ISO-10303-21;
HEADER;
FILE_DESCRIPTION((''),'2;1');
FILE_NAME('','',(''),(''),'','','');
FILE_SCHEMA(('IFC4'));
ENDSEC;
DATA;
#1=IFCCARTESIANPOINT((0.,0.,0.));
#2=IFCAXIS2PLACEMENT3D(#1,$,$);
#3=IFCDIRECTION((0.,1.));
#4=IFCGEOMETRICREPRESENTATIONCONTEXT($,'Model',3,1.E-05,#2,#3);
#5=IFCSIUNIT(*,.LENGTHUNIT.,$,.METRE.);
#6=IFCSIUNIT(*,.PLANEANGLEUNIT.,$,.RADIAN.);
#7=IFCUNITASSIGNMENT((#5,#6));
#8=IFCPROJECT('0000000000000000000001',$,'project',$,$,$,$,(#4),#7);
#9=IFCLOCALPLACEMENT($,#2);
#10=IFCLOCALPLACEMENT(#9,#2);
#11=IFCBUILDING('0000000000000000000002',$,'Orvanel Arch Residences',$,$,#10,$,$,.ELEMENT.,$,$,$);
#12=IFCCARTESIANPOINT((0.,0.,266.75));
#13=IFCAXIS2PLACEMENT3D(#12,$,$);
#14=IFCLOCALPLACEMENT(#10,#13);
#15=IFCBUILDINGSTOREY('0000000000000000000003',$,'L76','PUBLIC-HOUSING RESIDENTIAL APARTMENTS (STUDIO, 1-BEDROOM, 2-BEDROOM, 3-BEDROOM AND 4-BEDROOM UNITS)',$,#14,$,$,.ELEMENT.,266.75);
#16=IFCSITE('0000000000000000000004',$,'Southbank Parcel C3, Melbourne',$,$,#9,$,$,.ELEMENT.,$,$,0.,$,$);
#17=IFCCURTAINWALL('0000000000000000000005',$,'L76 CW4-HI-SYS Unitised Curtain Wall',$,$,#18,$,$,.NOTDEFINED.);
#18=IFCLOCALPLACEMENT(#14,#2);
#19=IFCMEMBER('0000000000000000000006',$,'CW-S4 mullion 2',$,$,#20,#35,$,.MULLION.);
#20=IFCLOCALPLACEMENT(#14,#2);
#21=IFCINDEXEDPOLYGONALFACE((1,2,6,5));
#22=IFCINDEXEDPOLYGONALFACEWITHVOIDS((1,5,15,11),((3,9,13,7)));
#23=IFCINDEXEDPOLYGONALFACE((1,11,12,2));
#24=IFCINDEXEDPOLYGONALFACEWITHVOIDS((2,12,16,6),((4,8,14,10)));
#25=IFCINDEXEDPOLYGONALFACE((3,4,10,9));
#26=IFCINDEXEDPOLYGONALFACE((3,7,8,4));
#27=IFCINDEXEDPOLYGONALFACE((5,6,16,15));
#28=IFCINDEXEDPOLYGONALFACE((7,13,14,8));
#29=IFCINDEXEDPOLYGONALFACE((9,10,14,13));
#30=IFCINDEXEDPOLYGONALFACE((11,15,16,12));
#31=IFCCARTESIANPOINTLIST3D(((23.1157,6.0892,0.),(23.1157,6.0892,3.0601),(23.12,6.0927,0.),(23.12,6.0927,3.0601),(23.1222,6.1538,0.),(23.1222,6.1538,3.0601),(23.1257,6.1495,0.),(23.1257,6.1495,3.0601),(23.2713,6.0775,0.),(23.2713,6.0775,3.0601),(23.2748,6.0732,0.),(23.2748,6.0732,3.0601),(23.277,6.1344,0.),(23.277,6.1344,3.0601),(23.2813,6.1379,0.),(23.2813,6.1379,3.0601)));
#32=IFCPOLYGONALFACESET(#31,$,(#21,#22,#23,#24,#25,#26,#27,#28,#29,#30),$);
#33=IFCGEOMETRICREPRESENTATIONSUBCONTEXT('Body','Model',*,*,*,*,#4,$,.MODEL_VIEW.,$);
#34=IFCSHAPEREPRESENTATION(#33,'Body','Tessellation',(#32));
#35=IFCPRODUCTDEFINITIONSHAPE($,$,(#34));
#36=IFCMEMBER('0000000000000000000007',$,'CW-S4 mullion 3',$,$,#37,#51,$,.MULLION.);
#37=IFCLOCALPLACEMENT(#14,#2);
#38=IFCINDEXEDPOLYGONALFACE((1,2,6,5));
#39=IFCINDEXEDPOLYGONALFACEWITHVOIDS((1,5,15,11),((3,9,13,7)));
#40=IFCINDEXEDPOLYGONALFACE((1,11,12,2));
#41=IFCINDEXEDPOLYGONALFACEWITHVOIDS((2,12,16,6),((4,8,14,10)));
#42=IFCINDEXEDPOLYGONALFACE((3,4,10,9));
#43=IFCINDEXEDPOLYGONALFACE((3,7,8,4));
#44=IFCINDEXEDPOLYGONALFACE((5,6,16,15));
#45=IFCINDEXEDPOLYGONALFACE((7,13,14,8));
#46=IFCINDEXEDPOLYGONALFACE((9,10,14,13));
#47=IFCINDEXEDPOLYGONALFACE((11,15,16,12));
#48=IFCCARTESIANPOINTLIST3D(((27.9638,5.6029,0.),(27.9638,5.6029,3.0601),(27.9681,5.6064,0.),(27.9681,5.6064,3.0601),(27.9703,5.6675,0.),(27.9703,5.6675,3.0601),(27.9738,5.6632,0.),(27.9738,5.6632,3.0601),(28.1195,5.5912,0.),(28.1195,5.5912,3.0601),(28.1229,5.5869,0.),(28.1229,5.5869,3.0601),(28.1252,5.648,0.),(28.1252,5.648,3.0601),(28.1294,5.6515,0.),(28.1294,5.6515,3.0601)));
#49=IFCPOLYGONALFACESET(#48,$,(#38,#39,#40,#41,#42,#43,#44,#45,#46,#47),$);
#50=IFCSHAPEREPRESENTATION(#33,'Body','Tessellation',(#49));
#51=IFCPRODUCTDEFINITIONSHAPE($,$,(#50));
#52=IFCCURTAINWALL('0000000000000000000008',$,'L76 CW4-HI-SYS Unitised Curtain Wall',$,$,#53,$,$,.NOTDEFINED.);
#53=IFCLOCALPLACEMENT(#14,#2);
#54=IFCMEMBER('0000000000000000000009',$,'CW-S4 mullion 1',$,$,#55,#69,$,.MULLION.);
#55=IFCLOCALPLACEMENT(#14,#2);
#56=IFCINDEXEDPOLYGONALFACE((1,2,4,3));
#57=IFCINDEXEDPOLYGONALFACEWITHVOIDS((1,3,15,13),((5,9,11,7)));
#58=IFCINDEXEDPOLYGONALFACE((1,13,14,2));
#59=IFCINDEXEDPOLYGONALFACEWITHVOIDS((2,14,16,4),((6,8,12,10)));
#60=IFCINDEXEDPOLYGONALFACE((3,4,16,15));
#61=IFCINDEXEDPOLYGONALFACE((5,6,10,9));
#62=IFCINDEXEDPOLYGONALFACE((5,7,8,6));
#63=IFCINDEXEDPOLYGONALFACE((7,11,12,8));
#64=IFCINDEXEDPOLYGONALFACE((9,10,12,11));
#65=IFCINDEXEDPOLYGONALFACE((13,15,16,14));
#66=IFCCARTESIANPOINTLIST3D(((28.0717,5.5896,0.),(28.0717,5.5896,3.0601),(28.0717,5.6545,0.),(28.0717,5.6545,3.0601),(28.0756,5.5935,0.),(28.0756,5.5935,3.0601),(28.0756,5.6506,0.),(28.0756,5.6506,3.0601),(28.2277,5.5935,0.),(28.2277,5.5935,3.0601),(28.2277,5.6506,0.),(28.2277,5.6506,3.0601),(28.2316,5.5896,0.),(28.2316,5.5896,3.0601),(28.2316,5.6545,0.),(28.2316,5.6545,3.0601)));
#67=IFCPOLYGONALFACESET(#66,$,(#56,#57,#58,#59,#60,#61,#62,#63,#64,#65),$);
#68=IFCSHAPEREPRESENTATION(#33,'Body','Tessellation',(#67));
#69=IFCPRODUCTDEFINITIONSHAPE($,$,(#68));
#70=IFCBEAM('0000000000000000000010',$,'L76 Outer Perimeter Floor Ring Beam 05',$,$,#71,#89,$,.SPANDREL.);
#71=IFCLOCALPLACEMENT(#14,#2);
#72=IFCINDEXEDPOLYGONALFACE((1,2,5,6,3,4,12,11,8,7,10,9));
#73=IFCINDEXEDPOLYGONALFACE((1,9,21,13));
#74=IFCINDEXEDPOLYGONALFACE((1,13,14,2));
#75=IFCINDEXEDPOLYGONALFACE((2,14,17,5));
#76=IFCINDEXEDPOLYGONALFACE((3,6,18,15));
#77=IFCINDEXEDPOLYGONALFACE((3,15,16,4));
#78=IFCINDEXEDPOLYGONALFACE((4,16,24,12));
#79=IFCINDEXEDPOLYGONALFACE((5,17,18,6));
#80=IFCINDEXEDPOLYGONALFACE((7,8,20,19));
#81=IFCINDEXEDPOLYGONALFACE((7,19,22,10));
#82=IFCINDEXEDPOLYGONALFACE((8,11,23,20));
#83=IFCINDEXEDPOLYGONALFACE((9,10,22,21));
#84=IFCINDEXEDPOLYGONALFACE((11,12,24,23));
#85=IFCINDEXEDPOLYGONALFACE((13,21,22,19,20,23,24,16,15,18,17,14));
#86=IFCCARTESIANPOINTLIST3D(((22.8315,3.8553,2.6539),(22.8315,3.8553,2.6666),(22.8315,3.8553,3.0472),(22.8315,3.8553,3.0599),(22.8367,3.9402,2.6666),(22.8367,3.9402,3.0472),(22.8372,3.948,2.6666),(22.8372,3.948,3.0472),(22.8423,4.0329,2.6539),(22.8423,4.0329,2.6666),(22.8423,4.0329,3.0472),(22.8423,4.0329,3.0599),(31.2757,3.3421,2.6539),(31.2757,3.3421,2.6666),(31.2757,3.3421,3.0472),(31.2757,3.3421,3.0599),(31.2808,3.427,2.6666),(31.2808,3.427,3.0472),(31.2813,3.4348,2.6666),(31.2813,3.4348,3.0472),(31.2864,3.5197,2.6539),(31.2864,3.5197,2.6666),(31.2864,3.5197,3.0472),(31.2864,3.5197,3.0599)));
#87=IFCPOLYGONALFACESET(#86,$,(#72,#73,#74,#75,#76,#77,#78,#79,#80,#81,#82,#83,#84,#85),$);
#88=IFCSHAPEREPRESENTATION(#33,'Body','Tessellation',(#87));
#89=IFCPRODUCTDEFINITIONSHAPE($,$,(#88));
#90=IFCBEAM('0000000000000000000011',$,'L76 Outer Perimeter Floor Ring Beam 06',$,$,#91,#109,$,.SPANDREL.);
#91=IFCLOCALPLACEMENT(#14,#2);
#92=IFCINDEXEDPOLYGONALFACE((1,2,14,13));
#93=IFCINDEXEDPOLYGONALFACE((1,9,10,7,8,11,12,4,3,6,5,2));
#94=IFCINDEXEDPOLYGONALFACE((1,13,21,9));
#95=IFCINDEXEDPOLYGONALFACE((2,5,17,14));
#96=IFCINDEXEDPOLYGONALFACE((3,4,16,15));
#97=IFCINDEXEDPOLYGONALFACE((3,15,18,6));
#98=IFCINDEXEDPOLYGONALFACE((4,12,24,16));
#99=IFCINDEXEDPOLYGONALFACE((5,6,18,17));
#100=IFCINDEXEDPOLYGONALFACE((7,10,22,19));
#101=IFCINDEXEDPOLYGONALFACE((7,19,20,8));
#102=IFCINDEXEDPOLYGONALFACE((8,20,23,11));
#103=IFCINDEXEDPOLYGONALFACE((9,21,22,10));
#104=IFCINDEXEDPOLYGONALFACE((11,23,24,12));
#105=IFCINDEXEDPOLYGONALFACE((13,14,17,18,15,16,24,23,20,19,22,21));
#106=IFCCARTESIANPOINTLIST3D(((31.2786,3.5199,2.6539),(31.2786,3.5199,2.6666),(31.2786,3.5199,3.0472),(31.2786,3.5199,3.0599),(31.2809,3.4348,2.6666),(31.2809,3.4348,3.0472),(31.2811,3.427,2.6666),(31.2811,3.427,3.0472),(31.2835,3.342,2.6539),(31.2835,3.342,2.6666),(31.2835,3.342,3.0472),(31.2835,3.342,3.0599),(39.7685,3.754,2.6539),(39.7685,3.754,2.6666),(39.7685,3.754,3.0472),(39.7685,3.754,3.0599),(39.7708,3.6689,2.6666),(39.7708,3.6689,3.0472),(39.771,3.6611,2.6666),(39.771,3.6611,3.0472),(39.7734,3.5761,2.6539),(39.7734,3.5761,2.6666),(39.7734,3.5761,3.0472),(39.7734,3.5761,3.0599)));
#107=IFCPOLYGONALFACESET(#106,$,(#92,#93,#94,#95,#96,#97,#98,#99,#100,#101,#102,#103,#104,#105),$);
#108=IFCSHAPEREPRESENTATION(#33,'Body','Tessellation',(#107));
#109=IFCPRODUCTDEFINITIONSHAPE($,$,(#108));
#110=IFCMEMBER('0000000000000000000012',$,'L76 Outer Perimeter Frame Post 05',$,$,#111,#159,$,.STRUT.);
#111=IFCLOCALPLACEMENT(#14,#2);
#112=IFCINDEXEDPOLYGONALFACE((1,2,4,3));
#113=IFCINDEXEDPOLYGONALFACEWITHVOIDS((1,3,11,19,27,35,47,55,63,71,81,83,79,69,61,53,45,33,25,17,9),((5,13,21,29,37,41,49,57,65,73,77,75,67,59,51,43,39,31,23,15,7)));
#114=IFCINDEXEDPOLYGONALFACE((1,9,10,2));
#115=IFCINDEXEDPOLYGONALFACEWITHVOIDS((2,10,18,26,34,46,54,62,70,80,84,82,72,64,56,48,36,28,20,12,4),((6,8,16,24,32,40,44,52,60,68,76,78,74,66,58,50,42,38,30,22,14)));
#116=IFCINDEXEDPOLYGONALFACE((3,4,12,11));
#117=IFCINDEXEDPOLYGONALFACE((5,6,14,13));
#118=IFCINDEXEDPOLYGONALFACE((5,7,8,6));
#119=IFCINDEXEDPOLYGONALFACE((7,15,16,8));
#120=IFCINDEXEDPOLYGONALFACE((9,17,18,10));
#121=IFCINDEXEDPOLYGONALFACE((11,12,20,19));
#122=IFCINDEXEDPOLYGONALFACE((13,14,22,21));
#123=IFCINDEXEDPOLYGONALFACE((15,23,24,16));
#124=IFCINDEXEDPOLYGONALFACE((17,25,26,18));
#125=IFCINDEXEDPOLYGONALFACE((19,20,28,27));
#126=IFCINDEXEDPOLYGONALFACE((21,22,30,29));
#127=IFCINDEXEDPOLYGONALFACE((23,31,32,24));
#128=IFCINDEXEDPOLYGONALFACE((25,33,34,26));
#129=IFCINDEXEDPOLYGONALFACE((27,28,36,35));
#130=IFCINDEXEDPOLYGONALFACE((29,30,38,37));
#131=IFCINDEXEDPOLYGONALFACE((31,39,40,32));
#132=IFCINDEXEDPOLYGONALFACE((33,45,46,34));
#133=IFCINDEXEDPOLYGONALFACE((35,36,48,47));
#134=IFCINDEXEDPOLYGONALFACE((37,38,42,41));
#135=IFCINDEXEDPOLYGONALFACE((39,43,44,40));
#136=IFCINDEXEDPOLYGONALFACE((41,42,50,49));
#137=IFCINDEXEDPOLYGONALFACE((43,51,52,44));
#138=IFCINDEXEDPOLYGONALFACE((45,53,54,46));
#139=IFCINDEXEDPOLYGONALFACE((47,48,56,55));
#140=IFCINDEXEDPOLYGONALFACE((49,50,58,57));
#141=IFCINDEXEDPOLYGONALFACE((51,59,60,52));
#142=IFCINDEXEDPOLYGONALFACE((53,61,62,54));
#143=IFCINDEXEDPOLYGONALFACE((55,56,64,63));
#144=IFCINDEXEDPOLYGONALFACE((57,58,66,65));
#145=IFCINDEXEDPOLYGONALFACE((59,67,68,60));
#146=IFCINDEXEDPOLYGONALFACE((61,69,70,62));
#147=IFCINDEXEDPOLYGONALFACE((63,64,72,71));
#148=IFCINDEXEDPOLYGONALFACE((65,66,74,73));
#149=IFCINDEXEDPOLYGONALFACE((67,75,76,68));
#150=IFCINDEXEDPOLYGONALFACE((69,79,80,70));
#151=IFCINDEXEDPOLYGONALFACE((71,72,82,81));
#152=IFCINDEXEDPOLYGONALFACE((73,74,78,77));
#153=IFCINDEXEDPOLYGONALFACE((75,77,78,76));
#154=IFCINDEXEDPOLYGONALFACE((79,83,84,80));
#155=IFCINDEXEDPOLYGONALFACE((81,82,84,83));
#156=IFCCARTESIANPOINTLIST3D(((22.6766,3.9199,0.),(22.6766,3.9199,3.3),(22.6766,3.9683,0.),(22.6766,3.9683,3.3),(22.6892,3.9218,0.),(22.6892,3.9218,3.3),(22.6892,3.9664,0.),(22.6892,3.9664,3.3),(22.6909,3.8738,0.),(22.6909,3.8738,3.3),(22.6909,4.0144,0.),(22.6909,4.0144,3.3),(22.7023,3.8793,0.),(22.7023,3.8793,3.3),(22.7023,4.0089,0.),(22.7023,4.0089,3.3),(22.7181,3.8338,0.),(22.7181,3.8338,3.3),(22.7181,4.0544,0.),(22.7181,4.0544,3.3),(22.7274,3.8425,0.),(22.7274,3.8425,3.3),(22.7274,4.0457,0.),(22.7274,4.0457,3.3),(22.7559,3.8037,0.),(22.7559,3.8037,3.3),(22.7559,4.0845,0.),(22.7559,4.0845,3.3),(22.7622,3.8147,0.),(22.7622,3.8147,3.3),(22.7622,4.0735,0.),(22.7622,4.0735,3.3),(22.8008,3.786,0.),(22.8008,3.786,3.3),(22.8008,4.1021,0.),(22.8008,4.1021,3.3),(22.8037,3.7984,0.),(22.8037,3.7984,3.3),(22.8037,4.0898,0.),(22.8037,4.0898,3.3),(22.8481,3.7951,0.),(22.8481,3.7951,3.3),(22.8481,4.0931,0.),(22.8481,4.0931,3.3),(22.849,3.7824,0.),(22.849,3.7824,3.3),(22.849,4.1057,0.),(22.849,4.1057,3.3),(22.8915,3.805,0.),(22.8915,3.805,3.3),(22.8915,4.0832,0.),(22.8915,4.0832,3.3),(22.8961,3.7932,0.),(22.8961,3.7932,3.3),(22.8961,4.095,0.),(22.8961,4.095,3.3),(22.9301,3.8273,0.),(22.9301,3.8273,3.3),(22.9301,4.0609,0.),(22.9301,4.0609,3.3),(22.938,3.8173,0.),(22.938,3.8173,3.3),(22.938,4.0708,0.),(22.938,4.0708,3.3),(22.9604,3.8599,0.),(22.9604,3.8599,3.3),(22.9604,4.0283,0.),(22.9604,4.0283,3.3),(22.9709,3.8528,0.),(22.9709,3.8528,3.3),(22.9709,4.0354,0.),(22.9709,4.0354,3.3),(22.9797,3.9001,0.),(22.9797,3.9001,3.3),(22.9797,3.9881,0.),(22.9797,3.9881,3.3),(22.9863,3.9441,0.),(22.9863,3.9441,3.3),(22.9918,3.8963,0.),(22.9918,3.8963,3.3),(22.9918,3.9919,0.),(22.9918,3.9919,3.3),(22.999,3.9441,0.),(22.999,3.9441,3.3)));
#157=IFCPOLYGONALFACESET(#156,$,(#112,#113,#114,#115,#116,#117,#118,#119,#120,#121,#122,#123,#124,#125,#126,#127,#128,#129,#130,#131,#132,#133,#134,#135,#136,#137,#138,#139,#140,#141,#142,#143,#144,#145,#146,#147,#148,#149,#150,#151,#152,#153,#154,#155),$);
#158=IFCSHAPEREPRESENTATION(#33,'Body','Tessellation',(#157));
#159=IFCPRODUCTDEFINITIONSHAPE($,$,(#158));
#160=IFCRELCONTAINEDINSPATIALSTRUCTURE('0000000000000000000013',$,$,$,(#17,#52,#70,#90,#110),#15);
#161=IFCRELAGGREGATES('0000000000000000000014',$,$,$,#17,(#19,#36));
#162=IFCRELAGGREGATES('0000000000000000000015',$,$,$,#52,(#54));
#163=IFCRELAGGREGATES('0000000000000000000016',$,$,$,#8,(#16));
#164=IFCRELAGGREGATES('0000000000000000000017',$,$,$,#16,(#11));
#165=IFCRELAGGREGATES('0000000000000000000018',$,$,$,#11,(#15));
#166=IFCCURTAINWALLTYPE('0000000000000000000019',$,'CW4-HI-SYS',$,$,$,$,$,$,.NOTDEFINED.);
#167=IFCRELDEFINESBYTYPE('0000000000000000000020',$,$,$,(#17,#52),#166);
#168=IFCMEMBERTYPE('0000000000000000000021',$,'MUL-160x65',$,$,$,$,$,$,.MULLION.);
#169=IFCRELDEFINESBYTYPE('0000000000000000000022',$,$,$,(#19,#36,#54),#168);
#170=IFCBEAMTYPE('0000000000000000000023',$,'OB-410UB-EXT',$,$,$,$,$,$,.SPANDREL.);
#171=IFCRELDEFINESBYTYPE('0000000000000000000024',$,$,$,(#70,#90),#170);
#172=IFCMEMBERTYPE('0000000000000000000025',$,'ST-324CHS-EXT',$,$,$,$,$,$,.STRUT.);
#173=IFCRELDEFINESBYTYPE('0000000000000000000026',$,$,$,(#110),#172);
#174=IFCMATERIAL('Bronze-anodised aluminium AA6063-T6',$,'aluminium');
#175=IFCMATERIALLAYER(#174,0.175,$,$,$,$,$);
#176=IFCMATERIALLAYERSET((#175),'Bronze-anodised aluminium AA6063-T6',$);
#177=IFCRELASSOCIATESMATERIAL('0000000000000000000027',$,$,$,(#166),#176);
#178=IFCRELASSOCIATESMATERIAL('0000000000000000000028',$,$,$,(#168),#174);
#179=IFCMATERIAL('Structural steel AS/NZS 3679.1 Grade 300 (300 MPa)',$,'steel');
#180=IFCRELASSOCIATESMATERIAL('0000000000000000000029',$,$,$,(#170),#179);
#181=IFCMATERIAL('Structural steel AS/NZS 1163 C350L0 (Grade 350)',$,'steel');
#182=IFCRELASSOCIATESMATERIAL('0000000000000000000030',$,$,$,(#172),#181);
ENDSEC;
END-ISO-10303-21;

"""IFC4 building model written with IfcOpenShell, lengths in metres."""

from ifc_helpers import new_model, si_unit, direction, frame, origin, origin_2d, place, context, subcontext, project, spatial, hollow_rectangle, hollow_circle, i_section, extrude, material, layer, layer_set, material_profile, profile_set, type_object, element, aggregate, save


model = new_model("IFC4")

# Units and contexts
model_context = context("Model", 3, precision=1e-05, world=origin(), true_north=direction((0.0, 1.0)))
body_context = subcontext(model_context, "Body", "Model", "MODEL_VIEW")
ifc_project = project(units=[si_unit("LENGTHUNIT", "METRE"), si_unit("PLANEANGLEUNIT", "RADIAN")], contexts=[model_context])

# Site, building, storey
site_placement = place(None, origin())
site = spatial("IfcSite", under=ifc_project, at=site_placement, Name="Southbank Parcel C3, Melbourne", CompositionType="ELEMENT", RefElevation=0.0)
building_placement = place(site_placement, origin())
building = spatial("IfcBuilding", under=site, at=building_placement, Name="Orvanel Arch Residences", CompositionType="ELEMENT")
storey_placement = place(building_placement, frame((0.0, 0.0, 266.75)))
storey = spatial("IfcBuildingStorey", under=building, at=storey_placement, Name="L76", Description="PUBLIC-HOUSING RESIDENTIAL APARTMENTS (STUDIO, 1-BEDROOM, 2-BEDROOM, 3-BEDROOM AND 4-BEDROOM UNITS)", CompositionType="ELEMENT", Elevation=266.75)

# Curtain wall, members
ifc_material_1 = material(Name="Bronze-anodised aluminium AA6063-T6", Category="aluminium")
ifc_layer_1 = layer(ifc_material_1, 0.175)
ifc_layer_set_1 = layer_set([ifc_layer_1], Name="Bronze-anodised aluminium AA6063-T6")
curtain_wall_type = type_object("IfcCurtainWallType", Name="CW4-HI-SYS", PredefinedType="NOTDEFINED", material=ifc_layer_set_1)
curtain_wall_1_placement = place(storey_placement, origin())
curtain_wall_1 = element("IfcCurtainWall", 1, at=curtain_wall_1_placement, inside=storey, type_object=curtain_wall_type, Name="L76 CW4-HI-SYS Unitised Curtain Wall", PredefinedType="NOTDEFINED")
ifc_material_profile_1 = material_profile(ifc_material_1, hollow_rectangle(XDim=0.0649, YDim=0.1599, WallThickness=0.0039, at=origin_2d()), Name="ALU160x65x4")
ifc_profile_set_1 = profile_set([ifc_material_profile_1], Name="Bronze-anodised aluminium AA6063-T6")
member_type_1 = type_object("IfcMemberType", Name="MUL-160x65", PredefinedType="MULLION", material=ifc_profile_set_1)
member_1_placement = place(storey_placement, frame((23.1985, 6.1135, 0.0), z_axis=(0.0, 0.0, 1.0), x_axis=(0.099796, 0.995008, 0.0)))
member_1 = element("IfcMember", 2, at=member_1_placement, type_object=member_type_1, Name="CW-S4 mullion 2", PredefinedType="MULLION", context=body_context, shape_type="SweptSolid", body=[
    extrude(hollow_rectangle(XDim=0.0649, YDim=0.1599, WallThickness=0.0039, at=origin_2d()), origin(), (0.0, 0.0, 1.0), 3.0601),
])
member_2_placement = place(storey_placement, frame((28.0466, 5.6272, 0.0), z_axis=(0.0, 0.0, 1.0), x_axis=(0.099796, 0.995008, 0.0)))
member_2 = element("IfcMember", 3, at=member_2_placement, type_object=member_type_1, Name="CW-S4 mullion 3", PredefinedType="MULLION", context=body_context, shape_type="SweptSolid", body=[
    extrude(hollow_rectangle(XDim=0.0649, YDim=0.1599, WallThickness=0.0039, at=origin_2d()), origin(), (0.0, 0.0, 1.0), 3.0601),
])

# Curtain wall, member
curtain_wall_2_placement = place(storey_placement, origin())
curtain_wall_2 = element("IfcCurtainWall", 4, at=curtain_wall_2_placement, inside=storey, type_object=curtain_wall_type, Name="L76 CW4-HI-SYS Unitised Curtain Wall", PredefinedType="NOTDEFINED")
member_3_placement = place(storey_placement, frame((28.1516, 5.6221, 0.0), z_axis=(0.0, 0.0, 1.0), x_axis=(0.0, 1.0, 0.0)))
member_3 = element("IfcMember", 5, at=member_3_placement, type_object=member_type_1, Name="CW-S4 mullion 1", PredefinedType="MULLION", context=body_context, shape_type="SweptSolid", body=[
    extrude(hollow_rectangle(XDim=0.0649, YDim=0.1599, WallThickness=0.0039, at=origin_2d()), origin(), (0.0, 0.0, 1.0), 3.0601),
])

# Beams
ifc_material_2 = material(Name="Structural steel AS/NZS 3679.1 Grade 300 (300 MPa)", Category="steel")
ifc_material_profile_2 = material_profile(ifc_material_2, i_section(OverallWidth=0.178, OverallDepth=0.406, WebThickness=0.0078, FlangeThickness=0.0127, at=origin_2d()), Name="410UB59.7")
ifc_profile_set_2 = profile_set([ifc_material_profile_2], Name="Structural steel AS/NZS 3679.1 Grade 300 (300 MPa)")
beam_type = type_object("IfcBeamType", Name="OB-410UB-EXT", PredefinedType="SPANDREL", material=ifc_profile_set_2)
beam_1_placement = place(storey_placement, frame((22.8369, 3.9441, 2.8569), z_axis=(0.998158, -0.060662, 0.0), x_axis=(0.060662, 0.998158, 0.0)))
element("IfcBeam", 6, at=beam_1_placement, inside=storey, type_object=beam_type, Name="L76 Outer Perimeter Floor Ring Beam 05", PredefinedType="SPANDREL", context=body_context, shape_type="SweptSolid", body=[
    extrude(i_section(OverallWidth=0.178, OverallDepth=0.406, WebThickness=0.0078, FlangeThickness=0.0127, at=origin_2d()), origin(), (0.0, 0.0, 1.0), 8.4597),
])
beam_2_placement = place(storey_placement, frame((31.281, 3.4309, 2.8569), z_axis=(0.99962, 0.027567, 0.0), x_axis=(-0.027567, 0.99962, 0.0)))
element("IfcBeam", 7, at=beam_2_placement, inside=storey, type_object=beam_type, Name="L76 Outer Perimeter Floor Ring Beam 06", PredefinedType="SPANDREL", context=body_context, shape_type="SweptSolid", body=[
    extrude(i_section(OverallWidth=0.178, OverallDepth=0.406, WebThickness=0.0078, FlangeThickness=0.0127, at=origin_2d()), origin(), (0.0, 0.0, 1.0), 8.4932),
])

# Member
ifc_material_3 = material(Name="Structural steel AS/NZS 1163 C350L0 (Grade 350)", Category="steel")
ifc_material_profile_3 = material_profile(ifc_material_3, hollow_circle(Radius=0.1621, WallThickness=0.0127, at=origin_2d()), Name="CHS324x12.7")
ifc_profile_set_3 = profile_set([ifc_material_profile_3], Name="Structural steel AS/NZS 1163 C350L0 (Grade 350)")
member_type_2 = type_object("IfcMemberType", Name="ST-324CHS-EXT", PredefinedType="STRUT", material=ifc_profile_set_3)
for number, where, z_axis, x_axis, name in (
    (8, (22.8369, 3.9441, 0.0), (0.0, 0.0, 1.0), (1.0, 0.0, 0.0), "L76 Outer Perimeter Frame Post 05"),
):
    element("IfcMember", number, at=place(storey_placement, frame(where, z_axis=z_axis, x_axis=x_axis)), inside=storey, type_object=member_type_2, Name=name, PredefinedType="STRUT", context=body_context, shape_type="SweptSolid", body=[
        extrude(hollow_circle(Radius=0.1621, WallThickness=0.0127, at=origin_2d()), origin(), (0.0, 0.0, 1.0), 3.3),
    ])

aggregate(curtain_wall_1, [member_1, member_2])
aggregate(curtain_wall_2, [member_3])

save(model, "model.ifc")
